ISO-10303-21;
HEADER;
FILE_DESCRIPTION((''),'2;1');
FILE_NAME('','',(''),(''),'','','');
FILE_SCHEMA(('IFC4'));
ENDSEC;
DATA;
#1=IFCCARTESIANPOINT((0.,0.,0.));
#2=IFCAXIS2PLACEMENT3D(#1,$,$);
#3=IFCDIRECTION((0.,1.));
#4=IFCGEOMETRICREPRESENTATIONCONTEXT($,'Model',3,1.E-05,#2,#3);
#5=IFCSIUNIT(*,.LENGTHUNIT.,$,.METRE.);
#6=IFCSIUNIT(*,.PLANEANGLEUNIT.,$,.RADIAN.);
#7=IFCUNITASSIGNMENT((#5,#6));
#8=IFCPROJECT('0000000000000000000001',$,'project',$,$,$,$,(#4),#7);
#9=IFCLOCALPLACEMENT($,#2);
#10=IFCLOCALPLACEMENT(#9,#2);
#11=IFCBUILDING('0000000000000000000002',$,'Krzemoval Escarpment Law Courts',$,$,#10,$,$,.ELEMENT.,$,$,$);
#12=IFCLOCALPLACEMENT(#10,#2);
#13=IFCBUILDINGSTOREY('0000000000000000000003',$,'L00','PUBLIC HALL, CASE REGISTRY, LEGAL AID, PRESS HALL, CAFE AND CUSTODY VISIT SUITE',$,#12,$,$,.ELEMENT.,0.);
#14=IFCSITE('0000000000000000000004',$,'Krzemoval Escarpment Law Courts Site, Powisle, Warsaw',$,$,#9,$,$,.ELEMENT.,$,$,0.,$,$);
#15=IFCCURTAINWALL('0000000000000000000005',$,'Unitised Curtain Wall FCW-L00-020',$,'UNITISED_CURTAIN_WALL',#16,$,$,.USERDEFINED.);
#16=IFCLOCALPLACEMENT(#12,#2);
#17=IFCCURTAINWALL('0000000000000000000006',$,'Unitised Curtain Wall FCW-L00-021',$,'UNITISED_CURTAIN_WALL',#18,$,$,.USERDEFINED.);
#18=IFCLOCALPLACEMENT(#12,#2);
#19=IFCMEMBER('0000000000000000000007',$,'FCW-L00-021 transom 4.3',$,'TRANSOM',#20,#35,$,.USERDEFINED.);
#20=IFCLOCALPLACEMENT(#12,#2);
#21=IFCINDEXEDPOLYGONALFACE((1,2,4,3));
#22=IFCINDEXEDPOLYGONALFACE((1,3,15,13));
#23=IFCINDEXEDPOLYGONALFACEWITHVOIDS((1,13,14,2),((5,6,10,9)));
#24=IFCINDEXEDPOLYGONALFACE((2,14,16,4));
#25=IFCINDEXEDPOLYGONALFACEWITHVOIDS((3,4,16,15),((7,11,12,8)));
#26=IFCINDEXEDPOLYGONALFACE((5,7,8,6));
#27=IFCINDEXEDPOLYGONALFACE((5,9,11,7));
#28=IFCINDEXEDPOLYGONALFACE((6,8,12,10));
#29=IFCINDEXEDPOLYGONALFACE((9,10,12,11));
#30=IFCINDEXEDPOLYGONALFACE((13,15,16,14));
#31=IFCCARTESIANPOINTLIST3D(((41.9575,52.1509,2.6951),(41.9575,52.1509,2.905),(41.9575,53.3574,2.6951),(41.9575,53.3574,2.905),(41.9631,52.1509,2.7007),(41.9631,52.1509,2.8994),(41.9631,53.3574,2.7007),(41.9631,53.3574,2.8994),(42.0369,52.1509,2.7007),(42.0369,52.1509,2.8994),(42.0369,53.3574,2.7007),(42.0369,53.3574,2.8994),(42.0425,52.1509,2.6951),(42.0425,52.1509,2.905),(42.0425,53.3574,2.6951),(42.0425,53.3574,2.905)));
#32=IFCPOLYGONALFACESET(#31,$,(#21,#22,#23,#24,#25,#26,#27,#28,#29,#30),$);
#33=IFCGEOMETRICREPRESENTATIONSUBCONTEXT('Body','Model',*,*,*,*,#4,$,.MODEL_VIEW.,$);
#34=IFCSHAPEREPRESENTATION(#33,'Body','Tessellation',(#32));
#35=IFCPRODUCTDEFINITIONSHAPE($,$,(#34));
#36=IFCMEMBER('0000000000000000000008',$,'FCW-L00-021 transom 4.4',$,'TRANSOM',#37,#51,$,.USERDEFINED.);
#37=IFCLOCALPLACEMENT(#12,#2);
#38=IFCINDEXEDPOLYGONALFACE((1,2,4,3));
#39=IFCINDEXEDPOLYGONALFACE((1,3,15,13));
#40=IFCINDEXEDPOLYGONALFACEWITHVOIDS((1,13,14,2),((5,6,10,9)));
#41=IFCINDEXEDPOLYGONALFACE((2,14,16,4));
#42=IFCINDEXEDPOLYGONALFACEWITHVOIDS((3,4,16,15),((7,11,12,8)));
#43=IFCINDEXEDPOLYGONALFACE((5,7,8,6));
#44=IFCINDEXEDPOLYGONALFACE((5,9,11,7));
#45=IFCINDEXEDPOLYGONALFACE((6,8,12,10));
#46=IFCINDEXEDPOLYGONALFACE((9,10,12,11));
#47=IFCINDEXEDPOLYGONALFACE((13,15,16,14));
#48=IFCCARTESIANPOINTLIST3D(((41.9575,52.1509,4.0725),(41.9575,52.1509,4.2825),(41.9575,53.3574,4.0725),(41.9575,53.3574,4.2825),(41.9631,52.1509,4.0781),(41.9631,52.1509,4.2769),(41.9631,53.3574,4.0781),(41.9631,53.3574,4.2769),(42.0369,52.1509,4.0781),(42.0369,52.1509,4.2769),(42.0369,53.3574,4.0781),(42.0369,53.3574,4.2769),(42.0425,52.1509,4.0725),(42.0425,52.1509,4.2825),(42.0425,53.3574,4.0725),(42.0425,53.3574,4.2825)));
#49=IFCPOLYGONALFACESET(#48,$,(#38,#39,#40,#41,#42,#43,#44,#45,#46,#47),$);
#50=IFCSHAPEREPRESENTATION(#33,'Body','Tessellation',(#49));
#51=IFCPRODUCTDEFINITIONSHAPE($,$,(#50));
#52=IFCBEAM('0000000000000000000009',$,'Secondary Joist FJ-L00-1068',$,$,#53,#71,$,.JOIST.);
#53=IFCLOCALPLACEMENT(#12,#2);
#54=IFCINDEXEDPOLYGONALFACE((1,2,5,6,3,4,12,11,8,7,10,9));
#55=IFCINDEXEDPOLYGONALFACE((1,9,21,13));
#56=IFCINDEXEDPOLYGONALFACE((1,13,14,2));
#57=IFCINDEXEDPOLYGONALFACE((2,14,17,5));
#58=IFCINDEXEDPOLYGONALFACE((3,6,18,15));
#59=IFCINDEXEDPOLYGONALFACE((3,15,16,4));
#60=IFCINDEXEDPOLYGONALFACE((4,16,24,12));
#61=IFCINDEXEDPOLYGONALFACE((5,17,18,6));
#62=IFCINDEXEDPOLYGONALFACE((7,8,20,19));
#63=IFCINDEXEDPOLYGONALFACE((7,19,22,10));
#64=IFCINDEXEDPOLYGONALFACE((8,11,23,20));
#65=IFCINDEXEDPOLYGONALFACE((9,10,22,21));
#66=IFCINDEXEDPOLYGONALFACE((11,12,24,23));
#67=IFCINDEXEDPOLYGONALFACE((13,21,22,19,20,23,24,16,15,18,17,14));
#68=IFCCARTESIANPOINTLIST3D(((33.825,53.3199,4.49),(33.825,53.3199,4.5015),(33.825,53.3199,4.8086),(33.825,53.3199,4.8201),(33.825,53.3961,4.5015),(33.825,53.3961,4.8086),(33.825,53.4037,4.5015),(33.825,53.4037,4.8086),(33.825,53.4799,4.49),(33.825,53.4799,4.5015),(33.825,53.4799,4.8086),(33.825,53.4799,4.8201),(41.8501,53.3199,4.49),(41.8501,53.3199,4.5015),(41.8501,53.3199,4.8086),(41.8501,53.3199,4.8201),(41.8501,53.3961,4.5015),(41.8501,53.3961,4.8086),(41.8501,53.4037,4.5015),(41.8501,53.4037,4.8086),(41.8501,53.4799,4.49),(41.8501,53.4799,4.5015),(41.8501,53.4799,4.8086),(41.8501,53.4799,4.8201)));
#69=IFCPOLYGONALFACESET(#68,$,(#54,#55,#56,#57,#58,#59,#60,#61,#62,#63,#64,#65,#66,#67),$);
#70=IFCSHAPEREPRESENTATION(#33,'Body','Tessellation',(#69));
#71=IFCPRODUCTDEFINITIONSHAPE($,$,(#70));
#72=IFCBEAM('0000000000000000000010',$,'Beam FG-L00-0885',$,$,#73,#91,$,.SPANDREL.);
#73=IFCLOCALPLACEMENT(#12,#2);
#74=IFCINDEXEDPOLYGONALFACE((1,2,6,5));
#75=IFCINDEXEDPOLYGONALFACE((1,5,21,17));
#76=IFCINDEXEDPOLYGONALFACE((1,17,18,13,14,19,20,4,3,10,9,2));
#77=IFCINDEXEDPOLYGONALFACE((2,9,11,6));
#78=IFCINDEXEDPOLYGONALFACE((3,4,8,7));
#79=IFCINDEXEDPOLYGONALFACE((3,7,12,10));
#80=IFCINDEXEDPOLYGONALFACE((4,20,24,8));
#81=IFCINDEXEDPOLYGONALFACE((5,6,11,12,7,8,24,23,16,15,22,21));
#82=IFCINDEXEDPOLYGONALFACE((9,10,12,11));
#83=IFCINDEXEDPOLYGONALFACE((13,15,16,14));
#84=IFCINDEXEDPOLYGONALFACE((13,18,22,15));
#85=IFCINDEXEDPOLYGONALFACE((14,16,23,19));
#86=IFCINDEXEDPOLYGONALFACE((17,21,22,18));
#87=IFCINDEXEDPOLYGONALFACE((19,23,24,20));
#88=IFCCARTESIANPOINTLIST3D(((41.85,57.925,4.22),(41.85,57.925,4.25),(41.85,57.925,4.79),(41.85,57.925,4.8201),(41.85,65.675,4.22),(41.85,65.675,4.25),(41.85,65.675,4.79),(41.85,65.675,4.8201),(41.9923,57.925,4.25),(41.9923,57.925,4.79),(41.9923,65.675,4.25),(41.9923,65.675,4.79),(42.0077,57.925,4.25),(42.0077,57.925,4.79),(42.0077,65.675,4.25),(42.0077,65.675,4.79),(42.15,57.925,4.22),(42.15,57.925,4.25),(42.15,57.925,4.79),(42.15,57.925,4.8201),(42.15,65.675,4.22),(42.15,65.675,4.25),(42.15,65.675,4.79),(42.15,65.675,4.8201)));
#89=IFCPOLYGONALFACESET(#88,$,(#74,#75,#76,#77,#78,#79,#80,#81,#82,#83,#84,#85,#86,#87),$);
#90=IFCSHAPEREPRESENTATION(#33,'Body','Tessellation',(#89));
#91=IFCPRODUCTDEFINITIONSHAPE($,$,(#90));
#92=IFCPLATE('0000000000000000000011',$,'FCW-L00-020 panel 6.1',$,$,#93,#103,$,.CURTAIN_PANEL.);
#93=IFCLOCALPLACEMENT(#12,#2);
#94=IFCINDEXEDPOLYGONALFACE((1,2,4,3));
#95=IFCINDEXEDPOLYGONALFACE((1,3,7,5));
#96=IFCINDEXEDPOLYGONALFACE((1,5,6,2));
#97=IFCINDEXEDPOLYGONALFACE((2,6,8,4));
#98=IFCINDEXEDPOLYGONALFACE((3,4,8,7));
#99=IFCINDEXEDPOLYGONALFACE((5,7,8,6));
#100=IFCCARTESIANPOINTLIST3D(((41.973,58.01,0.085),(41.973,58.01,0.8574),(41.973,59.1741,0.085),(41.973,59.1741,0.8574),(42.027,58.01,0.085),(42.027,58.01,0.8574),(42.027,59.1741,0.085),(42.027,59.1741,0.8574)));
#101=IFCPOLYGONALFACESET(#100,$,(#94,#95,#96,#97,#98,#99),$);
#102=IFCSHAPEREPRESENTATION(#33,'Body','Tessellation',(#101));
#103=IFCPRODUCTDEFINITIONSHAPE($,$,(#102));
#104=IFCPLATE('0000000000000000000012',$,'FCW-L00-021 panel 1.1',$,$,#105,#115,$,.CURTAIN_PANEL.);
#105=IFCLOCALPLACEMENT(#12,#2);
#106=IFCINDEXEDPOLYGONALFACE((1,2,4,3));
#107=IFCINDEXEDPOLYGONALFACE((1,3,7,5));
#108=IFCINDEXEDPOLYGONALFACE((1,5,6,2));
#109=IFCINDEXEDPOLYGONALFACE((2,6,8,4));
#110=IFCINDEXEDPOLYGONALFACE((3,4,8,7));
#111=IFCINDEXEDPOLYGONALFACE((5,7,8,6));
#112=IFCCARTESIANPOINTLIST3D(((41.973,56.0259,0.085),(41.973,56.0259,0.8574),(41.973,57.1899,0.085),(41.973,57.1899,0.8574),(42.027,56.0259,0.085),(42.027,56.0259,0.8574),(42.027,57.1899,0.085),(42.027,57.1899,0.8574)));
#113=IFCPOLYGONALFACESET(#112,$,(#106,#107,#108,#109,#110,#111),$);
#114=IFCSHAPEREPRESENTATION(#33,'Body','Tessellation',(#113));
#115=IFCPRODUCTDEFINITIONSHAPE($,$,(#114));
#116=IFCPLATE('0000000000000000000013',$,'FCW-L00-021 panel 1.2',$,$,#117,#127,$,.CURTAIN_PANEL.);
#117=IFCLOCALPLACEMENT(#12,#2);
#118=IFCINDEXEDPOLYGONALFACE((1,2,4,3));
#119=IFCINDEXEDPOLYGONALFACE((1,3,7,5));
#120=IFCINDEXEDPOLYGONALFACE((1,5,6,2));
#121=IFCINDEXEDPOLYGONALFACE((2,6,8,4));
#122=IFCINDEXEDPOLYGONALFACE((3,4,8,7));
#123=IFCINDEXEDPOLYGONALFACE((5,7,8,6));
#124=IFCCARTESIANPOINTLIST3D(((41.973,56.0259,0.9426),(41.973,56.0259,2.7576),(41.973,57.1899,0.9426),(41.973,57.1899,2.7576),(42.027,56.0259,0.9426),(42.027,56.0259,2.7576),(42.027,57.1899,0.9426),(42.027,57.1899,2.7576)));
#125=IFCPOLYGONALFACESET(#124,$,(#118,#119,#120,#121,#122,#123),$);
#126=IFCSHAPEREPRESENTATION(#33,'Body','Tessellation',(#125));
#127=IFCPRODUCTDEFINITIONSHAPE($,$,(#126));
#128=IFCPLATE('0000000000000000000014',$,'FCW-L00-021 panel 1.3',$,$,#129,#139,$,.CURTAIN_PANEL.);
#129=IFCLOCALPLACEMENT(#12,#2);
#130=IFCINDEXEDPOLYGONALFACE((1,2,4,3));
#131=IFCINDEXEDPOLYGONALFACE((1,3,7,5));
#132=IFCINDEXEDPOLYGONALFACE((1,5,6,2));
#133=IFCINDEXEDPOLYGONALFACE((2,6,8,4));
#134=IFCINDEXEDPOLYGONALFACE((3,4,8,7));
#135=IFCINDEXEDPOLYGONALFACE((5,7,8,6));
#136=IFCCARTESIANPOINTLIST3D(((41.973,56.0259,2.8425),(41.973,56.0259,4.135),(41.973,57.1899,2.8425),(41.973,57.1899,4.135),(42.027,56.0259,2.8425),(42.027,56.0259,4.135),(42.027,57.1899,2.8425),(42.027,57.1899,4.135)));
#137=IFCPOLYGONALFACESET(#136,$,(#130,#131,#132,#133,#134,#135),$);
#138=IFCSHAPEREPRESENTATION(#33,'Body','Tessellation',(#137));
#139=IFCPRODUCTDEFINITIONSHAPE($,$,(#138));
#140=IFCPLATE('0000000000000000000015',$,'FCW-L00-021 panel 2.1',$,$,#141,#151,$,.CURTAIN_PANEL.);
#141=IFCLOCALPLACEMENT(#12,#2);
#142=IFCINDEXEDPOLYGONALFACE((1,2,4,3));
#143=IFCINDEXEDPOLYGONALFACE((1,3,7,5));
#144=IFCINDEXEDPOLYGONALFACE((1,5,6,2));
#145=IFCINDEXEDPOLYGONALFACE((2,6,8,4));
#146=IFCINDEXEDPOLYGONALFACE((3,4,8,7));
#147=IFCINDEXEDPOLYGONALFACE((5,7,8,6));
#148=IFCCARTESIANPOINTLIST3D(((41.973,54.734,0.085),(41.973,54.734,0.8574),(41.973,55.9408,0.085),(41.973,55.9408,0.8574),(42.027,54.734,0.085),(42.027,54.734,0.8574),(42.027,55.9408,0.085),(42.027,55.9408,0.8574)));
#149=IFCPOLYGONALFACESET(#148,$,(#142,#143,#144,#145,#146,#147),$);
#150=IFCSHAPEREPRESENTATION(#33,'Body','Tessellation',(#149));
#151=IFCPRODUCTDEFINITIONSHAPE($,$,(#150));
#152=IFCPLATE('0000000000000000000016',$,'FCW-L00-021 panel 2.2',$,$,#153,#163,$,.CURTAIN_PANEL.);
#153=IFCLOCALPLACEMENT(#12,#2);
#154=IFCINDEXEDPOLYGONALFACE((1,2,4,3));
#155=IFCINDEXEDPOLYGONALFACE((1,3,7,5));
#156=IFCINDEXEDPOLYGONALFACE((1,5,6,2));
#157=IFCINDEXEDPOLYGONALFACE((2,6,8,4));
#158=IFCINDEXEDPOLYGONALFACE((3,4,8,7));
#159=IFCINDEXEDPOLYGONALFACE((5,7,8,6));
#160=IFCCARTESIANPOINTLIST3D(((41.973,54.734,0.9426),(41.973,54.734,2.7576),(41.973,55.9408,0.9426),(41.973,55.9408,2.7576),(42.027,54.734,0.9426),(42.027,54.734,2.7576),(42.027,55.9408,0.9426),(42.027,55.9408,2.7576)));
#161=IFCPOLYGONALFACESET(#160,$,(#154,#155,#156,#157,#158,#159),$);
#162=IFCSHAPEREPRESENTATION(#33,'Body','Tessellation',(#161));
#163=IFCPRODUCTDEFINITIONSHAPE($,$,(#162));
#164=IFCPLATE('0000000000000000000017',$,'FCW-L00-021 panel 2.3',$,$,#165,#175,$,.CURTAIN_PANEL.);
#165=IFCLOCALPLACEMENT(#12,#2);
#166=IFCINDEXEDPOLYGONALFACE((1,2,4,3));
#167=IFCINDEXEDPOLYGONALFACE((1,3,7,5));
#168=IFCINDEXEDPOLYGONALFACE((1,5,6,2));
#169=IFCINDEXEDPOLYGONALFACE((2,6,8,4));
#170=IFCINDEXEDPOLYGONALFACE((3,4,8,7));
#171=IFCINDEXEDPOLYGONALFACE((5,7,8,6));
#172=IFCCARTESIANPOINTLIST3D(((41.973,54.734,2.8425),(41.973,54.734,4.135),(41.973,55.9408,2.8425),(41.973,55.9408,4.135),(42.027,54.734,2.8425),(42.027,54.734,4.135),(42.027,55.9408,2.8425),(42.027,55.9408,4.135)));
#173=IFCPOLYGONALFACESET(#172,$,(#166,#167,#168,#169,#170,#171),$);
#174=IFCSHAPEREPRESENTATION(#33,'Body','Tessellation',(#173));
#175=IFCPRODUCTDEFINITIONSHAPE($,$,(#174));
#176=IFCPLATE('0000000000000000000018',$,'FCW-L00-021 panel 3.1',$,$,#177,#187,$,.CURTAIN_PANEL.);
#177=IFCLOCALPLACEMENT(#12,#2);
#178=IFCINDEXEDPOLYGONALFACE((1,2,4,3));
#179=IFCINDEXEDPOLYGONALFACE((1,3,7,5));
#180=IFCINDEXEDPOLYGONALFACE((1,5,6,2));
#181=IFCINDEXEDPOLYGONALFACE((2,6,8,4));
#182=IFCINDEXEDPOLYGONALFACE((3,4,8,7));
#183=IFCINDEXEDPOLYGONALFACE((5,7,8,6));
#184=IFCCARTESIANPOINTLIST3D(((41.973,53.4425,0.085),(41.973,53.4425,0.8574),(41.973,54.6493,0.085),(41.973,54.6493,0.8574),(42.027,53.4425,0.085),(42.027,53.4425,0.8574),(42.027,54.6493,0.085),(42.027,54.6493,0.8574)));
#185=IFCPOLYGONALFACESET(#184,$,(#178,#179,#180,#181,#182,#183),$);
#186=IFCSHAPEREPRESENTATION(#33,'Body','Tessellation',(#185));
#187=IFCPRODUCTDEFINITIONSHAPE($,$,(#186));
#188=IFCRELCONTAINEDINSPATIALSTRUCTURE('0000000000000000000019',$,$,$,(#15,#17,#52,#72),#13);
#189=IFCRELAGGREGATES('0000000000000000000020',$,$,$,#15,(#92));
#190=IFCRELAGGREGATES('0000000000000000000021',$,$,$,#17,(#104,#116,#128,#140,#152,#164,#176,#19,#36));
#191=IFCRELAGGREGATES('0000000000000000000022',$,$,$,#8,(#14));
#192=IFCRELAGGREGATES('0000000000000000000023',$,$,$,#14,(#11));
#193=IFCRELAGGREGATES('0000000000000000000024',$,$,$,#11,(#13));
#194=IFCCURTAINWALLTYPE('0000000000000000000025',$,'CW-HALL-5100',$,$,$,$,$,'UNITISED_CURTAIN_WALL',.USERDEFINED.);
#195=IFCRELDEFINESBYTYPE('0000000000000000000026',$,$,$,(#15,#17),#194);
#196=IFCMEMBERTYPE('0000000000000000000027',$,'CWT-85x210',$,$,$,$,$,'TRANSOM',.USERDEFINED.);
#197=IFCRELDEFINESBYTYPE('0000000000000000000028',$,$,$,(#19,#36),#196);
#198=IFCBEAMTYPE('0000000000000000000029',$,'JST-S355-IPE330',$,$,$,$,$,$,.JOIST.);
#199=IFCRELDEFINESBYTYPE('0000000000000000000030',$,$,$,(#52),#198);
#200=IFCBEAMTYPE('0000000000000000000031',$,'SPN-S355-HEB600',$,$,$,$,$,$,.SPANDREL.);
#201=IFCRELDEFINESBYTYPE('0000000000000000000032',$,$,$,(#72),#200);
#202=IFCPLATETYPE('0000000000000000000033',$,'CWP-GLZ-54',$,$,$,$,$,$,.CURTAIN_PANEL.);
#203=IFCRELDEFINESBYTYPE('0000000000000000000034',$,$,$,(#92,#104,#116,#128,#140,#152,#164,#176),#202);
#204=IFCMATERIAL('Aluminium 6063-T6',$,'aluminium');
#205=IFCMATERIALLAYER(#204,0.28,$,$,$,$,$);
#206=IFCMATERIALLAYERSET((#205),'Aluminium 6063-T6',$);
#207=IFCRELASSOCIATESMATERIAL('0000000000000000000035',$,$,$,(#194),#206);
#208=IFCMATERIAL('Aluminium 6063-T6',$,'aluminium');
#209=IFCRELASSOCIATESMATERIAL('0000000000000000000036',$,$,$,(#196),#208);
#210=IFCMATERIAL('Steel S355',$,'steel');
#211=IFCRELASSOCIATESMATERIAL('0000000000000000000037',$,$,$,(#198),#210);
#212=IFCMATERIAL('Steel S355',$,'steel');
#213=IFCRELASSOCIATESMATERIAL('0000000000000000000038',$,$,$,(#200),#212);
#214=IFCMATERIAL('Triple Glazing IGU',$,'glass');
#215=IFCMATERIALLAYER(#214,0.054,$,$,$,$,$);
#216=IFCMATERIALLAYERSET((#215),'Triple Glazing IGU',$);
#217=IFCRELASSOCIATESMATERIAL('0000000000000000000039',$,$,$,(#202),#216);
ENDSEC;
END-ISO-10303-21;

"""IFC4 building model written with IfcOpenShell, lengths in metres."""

from ifc_helpers import new_model, si_unit, direction, frame, origin, origin_2d, place, context, subcontext, project, spatial, rectangle, hollow_rectangle, i_section, extrude, material, layer, layer_set, material_profile, profile_set, type_object, element, aggregate, save


model = new_model("IFC4")

# Units and contexts
model_context = context("Model", 3, precision=1e-05, world=origin(), true_north=direction((0.0, 1.0)))
body_context = subcontext(model_context, "Body", "Model", "MODEL_VIEW")
ifc_project = project(units=[si_unit("LENGTHUNIT", "METRE"), si_unit("PLANEANGLEUNIT", "RADIAN")], contexts=[model_context])

# Site, building, storey
site_placement = place(None, origin())
site = spatial("IfcSite", under=ifc_project, at=site_placement, Name="Krzemoval Escarpment Law Courts Site, Powisle, Warsaw", CompositionType="ELEMENT", RefElevation=0.0)
building_placement = place(site_placement, origin())
building = spatial("IfcBuilding", under=site, at=building_placement, Name="Krzemoval Escarpment Law Courts", CompositionType="ELEMENT")
storey_placement = place(building_placement, origin())
storey = spatial("IfcBuildingStorey", under=building, at=storey_placement, Name="L00", Description="PUBLIC HALL, CASE REGISTRY, LEGAL AID, PRESS HALL, CAFE AND CUSTODY VISIT SUITE", CompositionType="ELEMENT", Elevation=0.0)

# Curtain wall
ifc_material_1 = material(Name="Aluminium 6063-T6", Category="aluminium")
ifc_layer_1 = layer(ifc_material_1, 0.28)
ifc_layer_set_1 = layer_set([ifc_layer_1], Name="Aluminium 6063-T6")
curtain_wall_type = type_object("IfcCurtainWallType", Name="CW-HALL-5100", ElementType="UNITISED_CURTAIN_WALL", PredefinedType="USERDEFINED", material=ifc_layer_set_1)
curtain_wall_1_placement = place(storey_placement, origin())
curtain_wall_1 = element("IfcCurtainWall", 1, at=curtain_wall_1_placement, inside=storey, type_object=curtain_wall_type, Name="Unitised Curtain Wall FCW-L00-020", ObjectType="UNITISED_CURTAIN_WALL", PredefinedType="USERDEFINED")

# Curtain wall, members
curtain_wall_2_placement = place(storey_placement, origin())
curtain_wall_2 = element("IfcCurtainWall", 2, at=curtain_wall_2_placement, inside=storey, type_object=curtain_wall_type, Name="Unitised Curtain Wall FCW-L00-021", ObjectType="UNITISED_CURTAIN_WALL", PredefinedType="USERDEFINED")
ifc_material_2 = material(Name="Aluminium 6063-T6", Category="aluminium")
ifc_material_profile_1 = material_profile(ifc_material_2, hollow_rectangle(XDim=0.085, YDim=0.21, WallThickness=0.0056, at=origin_2d()), Name="ALU T85x210")
ifc_profile_set_1 = profile_set([ifc_material_profile_1], Name="Aluminium 6063-T6")
member_type_1 = type_object("IfcMemberType", Name="CWT-85x210", ElementType="TRANSOM", PredefinedType="USERDEFINED", material=ifc_profile_set_1)
member_1_placement = place(storey_placement, frame((42.0, 53.3574, 2.8), z_axis=(0.0, -1.0, 0.0), x_axis=(1.0, 0.0, 0.0)))
member_1 = element("IfcMember", 3, at=member_1_placement, type_object=member_type_1, Name="FCW-L00-021 transom 4.3", ObjectType="TRANSOM", PredefinedType="USERDEFINED", context=body_context, shape_type="SweptSolid", body=[
    extrude(hollow_rectangle(XDim=0.085, YDim=0.21, WallThickness=0.0056, at=origin_2d()), origin(), (0.0, 0.0, 1.0), 1.2065),
])
member_2_placement = place(storey_placement, frame((42.0, 53.3574, 4.1775), z_axis=(0.0, -1.0, 0.0), x_axis=(1.0, 0.0, 0.0)))
member_2 = element("IfcMember", 4, at=member_2_placement, type_object=member_type_1, Name="FCW-L00-021 transom 4.4", ObjectType="TRANSOM", PredefinedType="USERDEFINED", context=body_context, shape_type="SweptSolid", body=[
    extrude(hollow_rectangle(XDim=0.085, YDim=0.21, WallThickness=0.0056, at=origin_2d()), origin(), (0.0, 0.0, 1.0), 1.2065),
])

# Beams
ifc_material_3 = material(Name="Steel S355", Category="steel")
ifc_material_profile_2 = material_profile(ifc_material_3, i_section(OverallWidth=0.1599, OverallDepth=0.3301, WebThickness=0.0076, FlangeThickness=0.0115, at=origin_2d()), Name="IPE 330")
ifc_profile_set_2 = profile_set([ifc_material_profile_2], Name="Steel S355")
beam_type_1 = type_object("IfcBeamType", Name="JST-S355-IPE330", PredefinedType="JOIST", material=ifc_profile_set_2)
beam_1_placement = place(storey_placement, frame((33.825, 53.3999, 4.655), z_axis=(1.0, 0.0, 0.0), x_axis=(0.0, 1.0, 0.0)))
element("IfcBeam", 5, at=beam_1_placement, inside=storey, type_object=beam_type_1, Name="Secondary Joist FJ-L00-1068", PredefinedType="JOIST", context=body_context, shape_type="SweptSolid", body=[
    extrude(i_section(OverallWidth=0.1599, OverallDepth=0.3301, WebThickness=0.0076, FlangeThickness=0.0115, at=origin_2d()), origin(), (0.0, 0.0, 1.0), 8.0251),
])
ifc_material_4 = material(Name="Steel S355", Category="steel")
ifc_material_profile_3 = material_profile(ifc_material_4, i_section(OverallWidth=0.3, OverallDepth=0.6001, WebThickness=0.0154, FlangeThickness=0.03, at=origin_2d()), Name="HEB 600")
ifc_profile_set_3 = profile_set([ifc_material_profile_3], Name="Steel S355")
beam_type_2 = type_object("IfcBeamType", Name="SPN-S355-HEB600", PredefinedType="SPANDREL", material=ifc_profile_set_3)
beam_2_placement = place(storey_placement, frame((42.0, 57.925, 4.52), z_axis=(0.0, 1.0, 0.0), x_axis=(-1.0, 0.0, 0.0)))
element("IfcBeam", 6, at=beam_2_placement, inside=storey, type_object=beam_type_2, Name="Beam FG-L00-0885", PredefinedType="SPANDREL", context=body_context, shape_type="SweptSolid", body=[
    extrude(i_section(OverallWidth=0.3, OverallDepth=0.6001, WebThickness=0.0154, FlangeThickness=0.03, at=origin_2d()), origin(), (0.0, 0.0, 1.0), 7.75),
])

# Plates
ifc_material_5 = material(Name="Triple Glazing IGU", Category="glass")
ifc_layer_2 = layer(ifc_material_5, 0.054)
ifc_layer_set_2 = layer_set([ifc_layer_2], Name="Triple Glazing IGU")
plate_type = type_object("IfcPlateType", Name="CWP-GLZ-54", PredefinedType="CURTAIN_PANEL", material=ifc_layer_set_2)
plate_1_placement = place(storey_placement, frame((42.0, 58.592, 0.085), z_axis=(0.0, 0.0, 1.0), x_axis=(0.0, -1.0, 0.0)))
plate_1 = element("IfcPlate", 7, at=plate_1_placement, type_object=plate_type, Name="FCW-L00-020 panel 6.1", PredefinedType="CURTAIN_PANEL", context=body_context, shape_type="SweptSolid", body=[
    extrude(rectangle(XDim=1.1641, YDim=0.054, at=origin_2d()), origin(), (0.0, 0.0, 1.0), 0.7725),
])
aggregate(curtain_wall_1, [plate_1])
plate_2_placement = place(storey_placement, frame((42.0, 56.6079, 0.085), z_axis=(0.0, 0.0, 1.0), x_axis=(0.0, -1.0, 0.0)))
plate_2 = element("IfcPlate", 8, at=plate_2_placement, type_object=plate_type, Name="FCW-L00-021 panel 1.1", PredefinedType="CURTAIN_PANEL", context=body_context, shape_type="SweptSolid", body=[
    extrude(rectangle(XDim=1.1641, YDim=0.054, at=origin_2d()), origin(), (0.0, 0.0, 1.0), 0.7725),
])
plate_3_placement = place(storey_placement, frame((42.0, 56.6079, 0.9426), z_axis=(0.0, 0.0, 1.0), x_axis=(0.0, -1.0, 0.0)))
plate_3 = element("IfcPlate", 9, at=plate_3_placement, type_object=plate_type, Name="FCW-L00-021 panel 1.2", PredefinedType="CURTAIN_PANEL", context=body_context, shape_type="SweptSolid", body=[
    extrude(rectangle(XDim=1.1641, YDim=0.054, at=origin_2d()), origin(), (0.0, 0.0, 1.0), 1.8149),
])
plate_4_placement = place(storey_placement, frame((42.0, 56.6079, 2.8425), z_axis=(0.0, 0.0, 1.0), x_axis=(0.0, -1.0, 0.0)))
plate_4 = element("IfcPlate", 10, at=plate_4_placement, type_object=plate_type, Name="FCW-L00-021 panel 1.3", PredefinedType="CURTAIN_PANEL", context=body_context, shape_type="SweptSolid", body=[
    extrude(rectangle(XDim=1.1641, YDim=0.054, at=origin_2d()), origin(), (0.0, 0.0, 1.0), 1.2925),
])
plate_5_placement = place(storey_placement, frame((42.0, 55.3374, 0.085), z_axis=(0.0, 0.0, 1.0), x_axis=(0.0, -1.0, 0.0)))
plate_5 = element("IfcPlate", 11, at=plate_5_placement, type_object=plate_type, Name="FCW-L00-021 panel 2.1", PredefinedType="CURTAIN_PANEL", context=body_context, shape_type="SweptSolid", body=[
    extrude(rectangle(XDim=1.2068, YDim=0.054, at=origin_2d()), origin(), (0.0, 0.0, 1.0), 0.7725),
])
plate_6_placement = place(storey_placement, frame((42.0, 55.3374, 0.9426), z_axis=(0.0, 0.0, 1.0), x_axis=(0.0, -1.0, 0.0)))
plate_6 = element("IfcPlate", 12, at=plate_6_placement, type_object=plate_type, Name="FCW-L00-021 panel 2.2", PredefinedType="CURTAIN_PANEL", context=body_context, shape_type="SweptSolid", body=[
    extrude(rectangle(XDim=1.2068, YDim=0.054, at=origin_2d()), origin(), (0.0, 0.0, 1.0), 1.8149),
])
plate_7_placement = place(storey_placement, frame((42.0, 55.3374, 2.8425), z_axis=(0.0, 0.0, 1.0), x_axis=(0.0, -1.0, 0.0)))
plate_7 = element("IfcPlate", 13, at=plate_7_placement, type_object=plate_type, Name="FCW-L00-021 panel 2.3", PredefinedType="CURTAIN_PANEL", context=body_context, shape_type="SweptSolid", body=[
    extrude(rectangle(XDim=1.2068, YDim=0.054, at=origin_2d()), origin(), (0.0, 0.0, 1.0), 1.2925),
])
plate_8_placement = place(storey_placement, frame((42.0, 54.0459, 0.085), z_axis=(0.0, 0.0, 1.0), x_axis=(0.0, -1.0, 0.0)))
plate_8 = element("IfcPlate", 14, at=plate_8_placement, type_object=plate_type, Name="FCW-L00-021 panel 3.1", PredefinedType="CURTAIN_PANEL", context=body_context, shape_type="SweptSolid", body=[
    extrude(rectangle(XDim=1.2068, YDim=0.054, at=origin_2d()), origin(), (0.0, 0.0, 1.0), 0.7725),
])
aggregate(curtain_wall_2, [plate_2, plate_3, plate_4, plate_5, plate_6, plate_7, plate_8, member_1, member_2])

save(model, "model.ifc")
